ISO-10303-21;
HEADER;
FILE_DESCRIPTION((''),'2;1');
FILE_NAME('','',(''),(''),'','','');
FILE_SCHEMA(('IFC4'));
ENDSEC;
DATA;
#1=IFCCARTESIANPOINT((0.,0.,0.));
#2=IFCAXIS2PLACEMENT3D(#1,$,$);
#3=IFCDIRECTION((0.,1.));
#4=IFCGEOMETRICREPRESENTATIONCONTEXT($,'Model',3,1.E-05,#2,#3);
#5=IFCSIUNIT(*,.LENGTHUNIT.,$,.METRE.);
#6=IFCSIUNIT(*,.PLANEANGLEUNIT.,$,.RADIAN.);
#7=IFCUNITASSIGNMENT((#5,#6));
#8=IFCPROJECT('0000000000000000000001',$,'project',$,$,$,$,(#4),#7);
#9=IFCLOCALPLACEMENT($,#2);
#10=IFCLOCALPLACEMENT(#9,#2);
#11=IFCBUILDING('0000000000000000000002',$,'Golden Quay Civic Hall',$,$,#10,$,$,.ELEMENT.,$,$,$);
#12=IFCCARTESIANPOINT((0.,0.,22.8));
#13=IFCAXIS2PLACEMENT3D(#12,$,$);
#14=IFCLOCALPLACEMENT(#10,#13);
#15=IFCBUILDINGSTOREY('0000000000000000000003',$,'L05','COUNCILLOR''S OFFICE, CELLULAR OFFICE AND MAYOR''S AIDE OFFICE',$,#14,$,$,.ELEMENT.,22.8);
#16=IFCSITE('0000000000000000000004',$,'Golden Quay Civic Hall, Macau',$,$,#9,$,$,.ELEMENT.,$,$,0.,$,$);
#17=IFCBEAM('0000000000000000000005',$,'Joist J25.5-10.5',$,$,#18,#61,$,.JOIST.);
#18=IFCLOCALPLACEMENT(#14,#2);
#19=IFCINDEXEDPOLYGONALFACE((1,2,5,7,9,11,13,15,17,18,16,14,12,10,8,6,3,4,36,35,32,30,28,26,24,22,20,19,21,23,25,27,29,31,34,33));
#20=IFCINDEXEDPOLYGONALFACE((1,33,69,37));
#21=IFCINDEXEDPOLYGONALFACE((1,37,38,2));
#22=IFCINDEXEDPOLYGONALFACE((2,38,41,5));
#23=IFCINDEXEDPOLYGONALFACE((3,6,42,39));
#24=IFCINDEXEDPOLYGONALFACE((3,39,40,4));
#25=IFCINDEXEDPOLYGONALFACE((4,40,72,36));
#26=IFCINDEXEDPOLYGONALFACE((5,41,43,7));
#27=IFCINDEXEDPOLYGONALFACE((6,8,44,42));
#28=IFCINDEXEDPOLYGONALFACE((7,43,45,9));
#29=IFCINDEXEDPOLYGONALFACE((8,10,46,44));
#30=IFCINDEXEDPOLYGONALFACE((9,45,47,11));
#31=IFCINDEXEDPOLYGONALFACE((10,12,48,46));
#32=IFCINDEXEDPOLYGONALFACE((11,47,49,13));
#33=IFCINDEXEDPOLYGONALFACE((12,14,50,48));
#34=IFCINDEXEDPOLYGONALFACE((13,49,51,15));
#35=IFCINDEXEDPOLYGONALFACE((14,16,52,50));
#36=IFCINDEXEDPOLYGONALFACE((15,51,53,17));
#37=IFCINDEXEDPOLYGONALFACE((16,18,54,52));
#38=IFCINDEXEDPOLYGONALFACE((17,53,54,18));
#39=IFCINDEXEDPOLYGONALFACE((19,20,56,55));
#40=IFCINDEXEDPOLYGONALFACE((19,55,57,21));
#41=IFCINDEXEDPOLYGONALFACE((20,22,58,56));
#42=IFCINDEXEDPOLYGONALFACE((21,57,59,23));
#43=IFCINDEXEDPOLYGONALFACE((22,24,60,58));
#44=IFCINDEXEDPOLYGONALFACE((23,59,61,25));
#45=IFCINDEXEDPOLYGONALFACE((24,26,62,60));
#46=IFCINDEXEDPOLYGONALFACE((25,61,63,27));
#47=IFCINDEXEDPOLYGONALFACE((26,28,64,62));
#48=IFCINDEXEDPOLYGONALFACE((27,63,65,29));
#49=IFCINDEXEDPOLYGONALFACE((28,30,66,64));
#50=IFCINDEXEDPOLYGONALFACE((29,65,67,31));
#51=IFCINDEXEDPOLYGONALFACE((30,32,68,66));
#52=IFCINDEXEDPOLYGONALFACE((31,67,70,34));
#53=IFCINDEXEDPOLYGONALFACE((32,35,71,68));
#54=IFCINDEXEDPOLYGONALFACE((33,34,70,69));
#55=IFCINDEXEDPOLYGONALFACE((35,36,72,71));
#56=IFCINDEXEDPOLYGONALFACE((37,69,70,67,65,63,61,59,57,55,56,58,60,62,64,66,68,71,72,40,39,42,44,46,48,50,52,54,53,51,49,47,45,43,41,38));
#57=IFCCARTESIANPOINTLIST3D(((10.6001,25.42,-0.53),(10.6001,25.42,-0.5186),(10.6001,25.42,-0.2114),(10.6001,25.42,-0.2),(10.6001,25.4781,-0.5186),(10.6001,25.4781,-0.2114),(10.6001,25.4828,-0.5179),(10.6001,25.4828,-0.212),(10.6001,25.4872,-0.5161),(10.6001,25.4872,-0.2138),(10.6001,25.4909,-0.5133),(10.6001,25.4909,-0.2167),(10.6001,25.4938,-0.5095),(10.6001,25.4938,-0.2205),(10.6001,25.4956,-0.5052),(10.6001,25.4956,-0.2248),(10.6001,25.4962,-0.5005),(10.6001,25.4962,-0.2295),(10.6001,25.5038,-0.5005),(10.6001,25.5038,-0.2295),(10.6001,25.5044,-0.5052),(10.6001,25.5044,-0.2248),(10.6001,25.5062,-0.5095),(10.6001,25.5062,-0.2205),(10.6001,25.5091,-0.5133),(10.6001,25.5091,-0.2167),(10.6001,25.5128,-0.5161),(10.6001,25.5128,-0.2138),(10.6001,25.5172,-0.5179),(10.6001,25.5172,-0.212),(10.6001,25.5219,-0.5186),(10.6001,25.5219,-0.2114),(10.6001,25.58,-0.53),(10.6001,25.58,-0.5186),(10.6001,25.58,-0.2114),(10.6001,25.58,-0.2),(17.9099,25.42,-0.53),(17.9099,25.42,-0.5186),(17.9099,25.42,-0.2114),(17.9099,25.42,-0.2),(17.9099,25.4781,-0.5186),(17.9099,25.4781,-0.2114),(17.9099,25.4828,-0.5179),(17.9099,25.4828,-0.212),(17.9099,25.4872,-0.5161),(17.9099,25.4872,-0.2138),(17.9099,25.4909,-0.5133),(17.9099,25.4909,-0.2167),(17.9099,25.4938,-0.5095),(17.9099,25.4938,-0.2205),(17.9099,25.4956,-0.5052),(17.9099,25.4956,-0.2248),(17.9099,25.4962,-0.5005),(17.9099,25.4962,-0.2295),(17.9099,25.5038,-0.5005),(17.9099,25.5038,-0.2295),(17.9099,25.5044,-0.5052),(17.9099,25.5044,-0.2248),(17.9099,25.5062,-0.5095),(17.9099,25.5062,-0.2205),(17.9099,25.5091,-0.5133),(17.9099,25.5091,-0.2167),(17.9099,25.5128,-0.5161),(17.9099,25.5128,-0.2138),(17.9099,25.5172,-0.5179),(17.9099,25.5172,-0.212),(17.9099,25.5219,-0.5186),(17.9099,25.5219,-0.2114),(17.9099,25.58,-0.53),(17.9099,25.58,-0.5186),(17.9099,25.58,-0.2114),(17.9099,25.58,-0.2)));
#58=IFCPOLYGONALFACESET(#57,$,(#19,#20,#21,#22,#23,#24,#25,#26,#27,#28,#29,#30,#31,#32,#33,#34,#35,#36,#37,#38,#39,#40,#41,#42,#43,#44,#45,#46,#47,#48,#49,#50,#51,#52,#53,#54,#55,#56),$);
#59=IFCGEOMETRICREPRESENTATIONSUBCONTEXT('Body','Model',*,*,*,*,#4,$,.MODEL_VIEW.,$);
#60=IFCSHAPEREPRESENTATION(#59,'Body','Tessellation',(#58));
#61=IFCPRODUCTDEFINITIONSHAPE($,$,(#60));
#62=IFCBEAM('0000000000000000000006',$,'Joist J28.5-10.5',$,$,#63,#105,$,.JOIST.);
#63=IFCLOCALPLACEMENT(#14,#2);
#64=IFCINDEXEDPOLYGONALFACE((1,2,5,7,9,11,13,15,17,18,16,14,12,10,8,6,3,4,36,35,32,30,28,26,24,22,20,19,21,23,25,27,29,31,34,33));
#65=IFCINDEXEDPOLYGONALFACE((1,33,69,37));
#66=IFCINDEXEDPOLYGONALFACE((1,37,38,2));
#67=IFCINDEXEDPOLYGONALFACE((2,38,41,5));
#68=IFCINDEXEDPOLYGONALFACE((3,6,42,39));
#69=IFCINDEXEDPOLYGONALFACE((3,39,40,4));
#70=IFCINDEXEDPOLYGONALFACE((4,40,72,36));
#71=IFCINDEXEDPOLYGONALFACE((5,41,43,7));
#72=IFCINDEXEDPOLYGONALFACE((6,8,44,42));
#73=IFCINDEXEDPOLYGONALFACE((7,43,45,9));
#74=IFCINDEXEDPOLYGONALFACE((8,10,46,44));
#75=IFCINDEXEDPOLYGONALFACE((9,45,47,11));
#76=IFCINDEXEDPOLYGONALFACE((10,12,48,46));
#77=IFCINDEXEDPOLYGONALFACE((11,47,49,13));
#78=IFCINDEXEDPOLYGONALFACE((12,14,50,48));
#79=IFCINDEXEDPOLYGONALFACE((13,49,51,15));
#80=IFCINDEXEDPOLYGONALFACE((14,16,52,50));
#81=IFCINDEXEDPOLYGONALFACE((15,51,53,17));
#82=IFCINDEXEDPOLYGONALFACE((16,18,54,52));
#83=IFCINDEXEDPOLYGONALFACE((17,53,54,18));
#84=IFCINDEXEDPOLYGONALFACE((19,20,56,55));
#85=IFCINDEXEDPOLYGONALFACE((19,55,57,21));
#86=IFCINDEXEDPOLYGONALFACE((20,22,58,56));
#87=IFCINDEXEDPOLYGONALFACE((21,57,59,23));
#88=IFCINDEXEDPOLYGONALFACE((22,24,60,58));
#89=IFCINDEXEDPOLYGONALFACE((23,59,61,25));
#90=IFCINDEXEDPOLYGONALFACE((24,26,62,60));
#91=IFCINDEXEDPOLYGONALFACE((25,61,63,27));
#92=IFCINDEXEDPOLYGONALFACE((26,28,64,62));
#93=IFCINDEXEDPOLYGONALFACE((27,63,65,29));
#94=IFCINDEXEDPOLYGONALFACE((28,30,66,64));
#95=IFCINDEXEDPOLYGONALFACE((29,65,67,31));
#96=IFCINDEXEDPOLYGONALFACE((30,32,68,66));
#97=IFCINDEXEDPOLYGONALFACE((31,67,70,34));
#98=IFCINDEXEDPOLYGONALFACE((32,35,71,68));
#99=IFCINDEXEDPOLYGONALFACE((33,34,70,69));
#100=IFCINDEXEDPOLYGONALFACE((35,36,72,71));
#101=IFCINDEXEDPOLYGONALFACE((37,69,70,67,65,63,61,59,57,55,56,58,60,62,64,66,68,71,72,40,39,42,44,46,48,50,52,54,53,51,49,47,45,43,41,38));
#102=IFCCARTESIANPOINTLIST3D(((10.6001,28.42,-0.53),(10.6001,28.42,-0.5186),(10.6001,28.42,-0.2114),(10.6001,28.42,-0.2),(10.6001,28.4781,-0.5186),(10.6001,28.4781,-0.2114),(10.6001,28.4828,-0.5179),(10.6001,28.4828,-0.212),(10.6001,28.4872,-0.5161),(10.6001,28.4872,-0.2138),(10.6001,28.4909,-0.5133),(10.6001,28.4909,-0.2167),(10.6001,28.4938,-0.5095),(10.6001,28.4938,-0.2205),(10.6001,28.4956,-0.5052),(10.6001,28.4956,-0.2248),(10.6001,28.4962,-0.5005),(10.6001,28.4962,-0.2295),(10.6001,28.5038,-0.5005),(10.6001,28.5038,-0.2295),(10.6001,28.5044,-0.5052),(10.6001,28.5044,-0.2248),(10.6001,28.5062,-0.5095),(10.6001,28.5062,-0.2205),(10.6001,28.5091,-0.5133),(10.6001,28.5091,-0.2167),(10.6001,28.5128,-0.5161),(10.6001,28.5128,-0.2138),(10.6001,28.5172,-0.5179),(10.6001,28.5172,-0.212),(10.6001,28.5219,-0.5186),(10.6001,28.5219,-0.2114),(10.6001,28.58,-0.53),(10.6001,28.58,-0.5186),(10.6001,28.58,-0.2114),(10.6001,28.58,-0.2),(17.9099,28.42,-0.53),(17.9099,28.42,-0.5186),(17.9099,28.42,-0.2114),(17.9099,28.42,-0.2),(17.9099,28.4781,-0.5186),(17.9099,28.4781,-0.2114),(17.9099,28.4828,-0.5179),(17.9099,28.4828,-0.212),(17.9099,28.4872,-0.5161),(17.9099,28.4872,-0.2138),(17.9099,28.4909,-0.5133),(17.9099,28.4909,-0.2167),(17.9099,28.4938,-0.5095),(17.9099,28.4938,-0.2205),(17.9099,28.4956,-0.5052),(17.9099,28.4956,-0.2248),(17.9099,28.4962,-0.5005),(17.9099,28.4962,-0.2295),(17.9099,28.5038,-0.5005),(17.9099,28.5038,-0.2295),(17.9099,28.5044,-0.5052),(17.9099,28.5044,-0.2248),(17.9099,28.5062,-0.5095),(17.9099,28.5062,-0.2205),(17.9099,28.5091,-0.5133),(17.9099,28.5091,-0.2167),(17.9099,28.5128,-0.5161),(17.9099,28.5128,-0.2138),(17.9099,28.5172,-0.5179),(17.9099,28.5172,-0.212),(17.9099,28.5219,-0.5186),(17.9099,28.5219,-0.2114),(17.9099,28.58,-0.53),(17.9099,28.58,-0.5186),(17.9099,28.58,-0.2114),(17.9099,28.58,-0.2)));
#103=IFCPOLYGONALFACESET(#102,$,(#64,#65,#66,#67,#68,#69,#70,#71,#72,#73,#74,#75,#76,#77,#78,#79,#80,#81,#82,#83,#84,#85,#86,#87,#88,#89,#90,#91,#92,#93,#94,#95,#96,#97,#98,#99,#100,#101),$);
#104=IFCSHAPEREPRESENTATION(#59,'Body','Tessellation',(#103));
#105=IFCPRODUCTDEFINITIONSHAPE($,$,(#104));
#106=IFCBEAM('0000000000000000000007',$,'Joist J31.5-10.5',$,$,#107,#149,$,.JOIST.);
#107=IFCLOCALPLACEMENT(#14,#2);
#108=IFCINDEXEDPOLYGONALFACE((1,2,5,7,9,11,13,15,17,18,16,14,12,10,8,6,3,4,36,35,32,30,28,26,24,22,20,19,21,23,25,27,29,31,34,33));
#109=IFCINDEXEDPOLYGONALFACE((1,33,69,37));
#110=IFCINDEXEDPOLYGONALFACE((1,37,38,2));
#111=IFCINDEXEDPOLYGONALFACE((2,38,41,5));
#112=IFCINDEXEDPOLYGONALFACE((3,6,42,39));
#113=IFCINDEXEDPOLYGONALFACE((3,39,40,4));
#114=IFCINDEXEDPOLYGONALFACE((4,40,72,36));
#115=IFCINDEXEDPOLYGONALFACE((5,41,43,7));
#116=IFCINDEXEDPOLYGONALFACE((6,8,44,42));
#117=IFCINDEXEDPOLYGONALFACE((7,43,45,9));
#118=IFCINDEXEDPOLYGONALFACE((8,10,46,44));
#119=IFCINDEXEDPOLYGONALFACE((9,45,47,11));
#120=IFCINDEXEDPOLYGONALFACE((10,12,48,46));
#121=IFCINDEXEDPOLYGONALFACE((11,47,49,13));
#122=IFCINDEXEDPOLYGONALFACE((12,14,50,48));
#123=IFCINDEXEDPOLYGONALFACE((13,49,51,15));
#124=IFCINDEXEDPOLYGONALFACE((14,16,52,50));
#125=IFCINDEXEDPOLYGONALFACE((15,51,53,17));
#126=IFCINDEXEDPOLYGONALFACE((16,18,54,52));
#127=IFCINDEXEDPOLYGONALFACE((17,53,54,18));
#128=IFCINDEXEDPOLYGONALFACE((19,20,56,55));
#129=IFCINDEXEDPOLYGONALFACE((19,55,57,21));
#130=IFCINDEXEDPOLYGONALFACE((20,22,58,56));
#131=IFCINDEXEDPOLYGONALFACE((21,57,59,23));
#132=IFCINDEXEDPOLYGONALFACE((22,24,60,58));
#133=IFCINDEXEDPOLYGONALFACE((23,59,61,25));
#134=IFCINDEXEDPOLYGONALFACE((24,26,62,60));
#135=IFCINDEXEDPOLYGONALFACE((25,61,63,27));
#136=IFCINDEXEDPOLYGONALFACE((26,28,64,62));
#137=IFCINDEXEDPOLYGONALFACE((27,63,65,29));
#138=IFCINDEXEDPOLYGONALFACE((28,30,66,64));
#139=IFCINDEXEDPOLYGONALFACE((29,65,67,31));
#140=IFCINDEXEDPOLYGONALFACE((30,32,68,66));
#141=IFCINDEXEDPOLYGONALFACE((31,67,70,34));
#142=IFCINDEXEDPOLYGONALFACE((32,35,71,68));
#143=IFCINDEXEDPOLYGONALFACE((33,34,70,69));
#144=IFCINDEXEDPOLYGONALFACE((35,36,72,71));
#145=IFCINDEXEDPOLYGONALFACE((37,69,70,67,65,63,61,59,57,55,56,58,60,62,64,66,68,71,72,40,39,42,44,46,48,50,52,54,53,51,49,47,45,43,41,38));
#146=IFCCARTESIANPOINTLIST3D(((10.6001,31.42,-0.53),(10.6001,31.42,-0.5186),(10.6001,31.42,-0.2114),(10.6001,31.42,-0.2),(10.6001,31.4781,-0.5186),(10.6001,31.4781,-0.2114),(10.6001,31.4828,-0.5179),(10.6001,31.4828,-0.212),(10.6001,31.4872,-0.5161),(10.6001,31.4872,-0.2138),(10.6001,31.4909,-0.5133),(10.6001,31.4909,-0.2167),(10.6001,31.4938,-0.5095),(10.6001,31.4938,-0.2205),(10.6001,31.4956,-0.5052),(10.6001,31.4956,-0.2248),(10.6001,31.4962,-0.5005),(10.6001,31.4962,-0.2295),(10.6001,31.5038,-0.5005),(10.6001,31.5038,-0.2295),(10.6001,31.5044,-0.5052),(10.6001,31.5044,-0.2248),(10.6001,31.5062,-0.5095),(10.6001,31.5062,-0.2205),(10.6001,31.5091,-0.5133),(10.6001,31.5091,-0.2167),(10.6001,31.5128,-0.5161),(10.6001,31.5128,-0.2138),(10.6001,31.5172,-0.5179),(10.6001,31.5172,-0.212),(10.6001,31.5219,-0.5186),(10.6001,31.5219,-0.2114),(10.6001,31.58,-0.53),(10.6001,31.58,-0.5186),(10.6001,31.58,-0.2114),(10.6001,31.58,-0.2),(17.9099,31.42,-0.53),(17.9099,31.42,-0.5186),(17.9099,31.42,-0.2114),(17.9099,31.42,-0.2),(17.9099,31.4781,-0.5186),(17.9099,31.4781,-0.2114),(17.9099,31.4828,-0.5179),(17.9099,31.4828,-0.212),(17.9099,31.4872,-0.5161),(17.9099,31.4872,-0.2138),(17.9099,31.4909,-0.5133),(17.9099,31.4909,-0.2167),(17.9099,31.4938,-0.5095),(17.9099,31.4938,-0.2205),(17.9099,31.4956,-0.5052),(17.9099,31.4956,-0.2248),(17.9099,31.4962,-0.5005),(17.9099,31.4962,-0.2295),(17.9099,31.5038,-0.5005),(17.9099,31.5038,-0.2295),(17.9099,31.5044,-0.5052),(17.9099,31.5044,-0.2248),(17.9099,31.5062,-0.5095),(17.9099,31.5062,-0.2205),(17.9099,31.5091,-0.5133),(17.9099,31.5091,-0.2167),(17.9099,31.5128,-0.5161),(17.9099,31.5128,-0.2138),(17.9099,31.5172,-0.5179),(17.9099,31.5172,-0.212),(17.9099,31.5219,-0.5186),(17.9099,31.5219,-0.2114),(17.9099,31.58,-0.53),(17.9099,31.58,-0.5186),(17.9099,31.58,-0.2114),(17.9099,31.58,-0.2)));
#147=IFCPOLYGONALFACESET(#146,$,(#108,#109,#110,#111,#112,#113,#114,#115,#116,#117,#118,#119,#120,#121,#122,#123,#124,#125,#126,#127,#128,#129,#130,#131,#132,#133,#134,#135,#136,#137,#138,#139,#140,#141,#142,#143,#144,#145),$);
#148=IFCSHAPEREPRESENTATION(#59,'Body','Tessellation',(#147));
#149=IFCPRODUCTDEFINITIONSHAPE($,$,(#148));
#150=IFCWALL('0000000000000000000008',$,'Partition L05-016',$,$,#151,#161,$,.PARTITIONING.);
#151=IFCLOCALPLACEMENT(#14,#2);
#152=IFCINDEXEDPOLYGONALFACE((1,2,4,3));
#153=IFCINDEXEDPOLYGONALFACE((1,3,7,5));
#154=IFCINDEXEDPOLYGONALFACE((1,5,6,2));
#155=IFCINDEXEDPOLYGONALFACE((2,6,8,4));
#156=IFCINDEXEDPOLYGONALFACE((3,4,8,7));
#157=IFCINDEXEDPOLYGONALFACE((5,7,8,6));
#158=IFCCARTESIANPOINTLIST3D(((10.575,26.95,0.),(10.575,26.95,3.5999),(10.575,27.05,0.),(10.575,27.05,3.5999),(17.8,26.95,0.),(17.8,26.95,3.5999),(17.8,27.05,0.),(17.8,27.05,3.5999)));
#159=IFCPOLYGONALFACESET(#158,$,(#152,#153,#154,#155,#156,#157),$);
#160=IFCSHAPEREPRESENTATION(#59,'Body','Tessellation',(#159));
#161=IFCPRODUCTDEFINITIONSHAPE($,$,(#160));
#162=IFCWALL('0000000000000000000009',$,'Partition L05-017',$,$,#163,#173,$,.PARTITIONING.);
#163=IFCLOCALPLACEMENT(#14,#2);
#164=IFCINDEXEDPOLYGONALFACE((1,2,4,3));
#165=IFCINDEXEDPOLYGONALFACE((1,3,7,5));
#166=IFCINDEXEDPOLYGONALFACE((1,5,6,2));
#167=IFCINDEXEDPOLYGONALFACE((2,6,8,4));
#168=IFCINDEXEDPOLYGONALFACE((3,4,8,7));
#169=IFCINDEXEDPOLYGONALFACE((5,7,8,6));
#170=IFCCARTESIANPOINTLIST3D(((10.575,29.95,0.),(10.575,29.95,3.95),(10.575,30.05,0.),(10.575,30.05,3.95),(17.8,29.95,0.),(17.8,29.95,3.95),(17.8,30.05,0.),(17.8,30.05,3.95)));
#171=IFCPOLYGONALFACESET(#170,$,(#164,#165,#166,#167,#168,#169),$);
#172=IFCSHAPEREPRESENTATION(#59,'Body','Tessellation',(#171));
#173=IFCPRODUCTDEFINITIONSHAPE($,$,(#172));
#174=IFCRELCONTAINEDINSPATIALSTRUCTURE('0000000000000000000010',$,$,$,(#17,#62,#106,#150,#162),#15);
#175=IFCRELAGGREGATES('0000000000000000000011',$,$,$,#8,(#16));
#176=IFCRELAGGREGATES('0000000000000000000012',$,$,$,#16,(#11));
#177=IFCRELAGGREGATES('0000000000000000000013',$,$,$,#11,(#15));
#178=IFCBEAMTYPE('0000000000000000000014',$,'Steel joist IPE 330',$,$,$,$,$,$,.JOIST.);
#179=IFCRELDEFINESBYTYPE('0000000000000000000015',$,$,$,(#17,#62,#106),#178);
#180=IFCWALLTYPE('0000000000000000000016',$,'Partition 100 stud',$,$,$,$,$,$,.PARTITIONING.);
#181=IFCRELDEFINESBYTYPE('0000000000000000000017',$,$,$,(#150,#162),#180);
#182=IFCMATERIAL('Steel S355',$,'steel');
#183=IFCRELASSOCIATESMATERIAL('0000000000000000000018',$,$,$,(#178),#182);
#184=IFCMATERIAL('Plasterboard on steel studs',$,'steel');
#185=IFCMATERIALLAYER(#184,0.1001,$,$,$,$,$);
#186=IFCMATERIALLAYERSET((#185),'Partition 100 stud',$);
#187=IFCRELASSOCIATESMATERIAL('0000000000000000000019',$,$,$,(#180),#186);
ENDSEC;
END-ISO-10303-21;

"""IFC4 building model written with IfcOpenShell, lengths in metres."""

from ifc_helpers import new_model, si_unit, direction, frame, frame_2d, origin, origin_2d, place, context, subcontext, project, spatial, rectangle, i_section, extrude, material, layer, layer_set, material_profile, profile_set, type_object, element, save


model = new_model("IFC4")

# Units and contexts
model_context = context("Model", 3, precision=1e-05, world=origin(), true_north=direction((0.0, 1.0)))
body_context = subcontext(model_context, "Body", "Model", "MODEL_VIEW")
ifc_project = project(units=[si_unit("LENGTHUNIT", "METRE"), si_unit("PLANEANGLEUNIT", "RADIAN")], contexts=[model_context])

# Site, building, storey
site_placement = place(None, origin())
site = spatial("IfcSite", under=ifc_project, at=site_placement, Name="Golden Quay Civic Hall, Macau", CompositionType="ELEMENT", RefElevation=0.0)
building_placement = place(site_placement, origin())
building = spatial("IfcBuilding", under=site, at=building_placement, Name="Golden Quay Civic Hall", CompositionType="ELEMENT")
storey_placement = place(building_placement, frame((0.0, 0.0, 22.8)))
storey = spatial("IfcBuildingStorey", under=building, at=storey_placement, Name="L05", Description="COUNCILLOR'S OFFICE, CELLULAR OFFICE AND MAYOR'S AIDE OFFICE", CompositionType="ELEMENT", Elevation=22.8)

# Beams
ifc_material_1 = material(Name="Steel S355", Category="steel")
ifc_material_profile_1 = material_profile(ifc_material_1, i_section(OverallWidth=0.1599, OverallDepth=0.3301, WebThickness=0.0076, FlangeThickness=0.0115, FilletRadius=0.0181, at=origin_2d()), Name="IPE 330")
ifc_profile_set_1 = profile_set([ifc_material_profile_1], Name="Steel S355")
beam_type_1 = type_object("IfcBeamType", Name="Steel joist IPE 330", PredefinedType="JOIST", material=ifc_profile_set_1)
for number, where, z_axis, x_axis, name in (
    (1, (10.6001, 25.5, -0.365), (1.0, 0.0, 0.0), (0.0, 1.0, 0.0), "Joist J25.5-10.5"),
    (2, (10.6001, 28.5, -0.365), (1.0, 0.0, 0.0), (0.0, 1.0, 0.0), "Joist J28.5-10.5"),
    (3, (10.6001, 31.5, -0.365), (1.0, 0.0, 0.0), (0.0, 1.0, 0.0), "Joist J31.5-10.5"),
):
    element("IfcBeam", number, at=place(storey_placement, frame(where, z_axis=z_axis, x_axis=x_axis)), inside=storey, type_object=beam_type_1, Name=name, PredefinedType="JOIST", context=body_context, shape_type="SweptSolid", body=[
        extrude(i_section(OverallWidth=0.1599, OverallDepth=0.3301, WebThickness=0.0076, FlangeThickness=0.0115, FilletRadius=0.0181, at=origin_2d()), origin(), (0.0, 0.0, 1.0), 7.3098),
    ])

# Walls
ifc_material_2 = material(Name="Plasterboard on steel studs", Category="steel")
ifc_layer_1 = layer(ifc_material_2, 0.1001)
ifc_layer_set_1 = layer_set([ifc_layer_1], Name="Partition 100 stud")
wall_type_1 = type_object("IfcWallType", Name="Partition 100 stud", PredefinedType="PARTITIONING", material=ifc_layer_set_1)
wall_1_placement = place(storey_placement, frame((10.575, 27.0, 0.0), z_axis=(0.0, 0.0, 1.0), x_axis=(1.0, 0.0, 0.0)))
element("IfcWall", 4, at=wall_1_placement, inside=storey, type_object=wall_type_1, Name="Partition L05-016", PredefinedType="PARTITIONING", context=body_context, shape_type="SweptSolid", body=[
    extrude(rectangle(XDim=7.2251, YDim=0.1001, at=frame_2d((3.6125, 0.0))), origin(), (0.0, 0.0, 1.0), 3.5999),
])
wall_2_placement = place(storey_placement, frame((10.575, 30.0, 0.0), z_axis=(0.0, 0.0, 1.0), x_axis=(1.0, 0.0, 0.0)))
element("IfcWall", 5, at=wall_2_placement, inside=storey, type_object=wall_type_1, Name="Partition L05-017", PredefinedType="PARTITIONING", context=body_context, shape_type="SweptSolid", body=[
    extrude(rectangle(XDim=7.2251, YDim=0.1001, at=frame_2d((3.6125, 0.0))), origin(), (0.0, 0.0, 1.0), 3.95),
])

save(model, "model.ifc")
